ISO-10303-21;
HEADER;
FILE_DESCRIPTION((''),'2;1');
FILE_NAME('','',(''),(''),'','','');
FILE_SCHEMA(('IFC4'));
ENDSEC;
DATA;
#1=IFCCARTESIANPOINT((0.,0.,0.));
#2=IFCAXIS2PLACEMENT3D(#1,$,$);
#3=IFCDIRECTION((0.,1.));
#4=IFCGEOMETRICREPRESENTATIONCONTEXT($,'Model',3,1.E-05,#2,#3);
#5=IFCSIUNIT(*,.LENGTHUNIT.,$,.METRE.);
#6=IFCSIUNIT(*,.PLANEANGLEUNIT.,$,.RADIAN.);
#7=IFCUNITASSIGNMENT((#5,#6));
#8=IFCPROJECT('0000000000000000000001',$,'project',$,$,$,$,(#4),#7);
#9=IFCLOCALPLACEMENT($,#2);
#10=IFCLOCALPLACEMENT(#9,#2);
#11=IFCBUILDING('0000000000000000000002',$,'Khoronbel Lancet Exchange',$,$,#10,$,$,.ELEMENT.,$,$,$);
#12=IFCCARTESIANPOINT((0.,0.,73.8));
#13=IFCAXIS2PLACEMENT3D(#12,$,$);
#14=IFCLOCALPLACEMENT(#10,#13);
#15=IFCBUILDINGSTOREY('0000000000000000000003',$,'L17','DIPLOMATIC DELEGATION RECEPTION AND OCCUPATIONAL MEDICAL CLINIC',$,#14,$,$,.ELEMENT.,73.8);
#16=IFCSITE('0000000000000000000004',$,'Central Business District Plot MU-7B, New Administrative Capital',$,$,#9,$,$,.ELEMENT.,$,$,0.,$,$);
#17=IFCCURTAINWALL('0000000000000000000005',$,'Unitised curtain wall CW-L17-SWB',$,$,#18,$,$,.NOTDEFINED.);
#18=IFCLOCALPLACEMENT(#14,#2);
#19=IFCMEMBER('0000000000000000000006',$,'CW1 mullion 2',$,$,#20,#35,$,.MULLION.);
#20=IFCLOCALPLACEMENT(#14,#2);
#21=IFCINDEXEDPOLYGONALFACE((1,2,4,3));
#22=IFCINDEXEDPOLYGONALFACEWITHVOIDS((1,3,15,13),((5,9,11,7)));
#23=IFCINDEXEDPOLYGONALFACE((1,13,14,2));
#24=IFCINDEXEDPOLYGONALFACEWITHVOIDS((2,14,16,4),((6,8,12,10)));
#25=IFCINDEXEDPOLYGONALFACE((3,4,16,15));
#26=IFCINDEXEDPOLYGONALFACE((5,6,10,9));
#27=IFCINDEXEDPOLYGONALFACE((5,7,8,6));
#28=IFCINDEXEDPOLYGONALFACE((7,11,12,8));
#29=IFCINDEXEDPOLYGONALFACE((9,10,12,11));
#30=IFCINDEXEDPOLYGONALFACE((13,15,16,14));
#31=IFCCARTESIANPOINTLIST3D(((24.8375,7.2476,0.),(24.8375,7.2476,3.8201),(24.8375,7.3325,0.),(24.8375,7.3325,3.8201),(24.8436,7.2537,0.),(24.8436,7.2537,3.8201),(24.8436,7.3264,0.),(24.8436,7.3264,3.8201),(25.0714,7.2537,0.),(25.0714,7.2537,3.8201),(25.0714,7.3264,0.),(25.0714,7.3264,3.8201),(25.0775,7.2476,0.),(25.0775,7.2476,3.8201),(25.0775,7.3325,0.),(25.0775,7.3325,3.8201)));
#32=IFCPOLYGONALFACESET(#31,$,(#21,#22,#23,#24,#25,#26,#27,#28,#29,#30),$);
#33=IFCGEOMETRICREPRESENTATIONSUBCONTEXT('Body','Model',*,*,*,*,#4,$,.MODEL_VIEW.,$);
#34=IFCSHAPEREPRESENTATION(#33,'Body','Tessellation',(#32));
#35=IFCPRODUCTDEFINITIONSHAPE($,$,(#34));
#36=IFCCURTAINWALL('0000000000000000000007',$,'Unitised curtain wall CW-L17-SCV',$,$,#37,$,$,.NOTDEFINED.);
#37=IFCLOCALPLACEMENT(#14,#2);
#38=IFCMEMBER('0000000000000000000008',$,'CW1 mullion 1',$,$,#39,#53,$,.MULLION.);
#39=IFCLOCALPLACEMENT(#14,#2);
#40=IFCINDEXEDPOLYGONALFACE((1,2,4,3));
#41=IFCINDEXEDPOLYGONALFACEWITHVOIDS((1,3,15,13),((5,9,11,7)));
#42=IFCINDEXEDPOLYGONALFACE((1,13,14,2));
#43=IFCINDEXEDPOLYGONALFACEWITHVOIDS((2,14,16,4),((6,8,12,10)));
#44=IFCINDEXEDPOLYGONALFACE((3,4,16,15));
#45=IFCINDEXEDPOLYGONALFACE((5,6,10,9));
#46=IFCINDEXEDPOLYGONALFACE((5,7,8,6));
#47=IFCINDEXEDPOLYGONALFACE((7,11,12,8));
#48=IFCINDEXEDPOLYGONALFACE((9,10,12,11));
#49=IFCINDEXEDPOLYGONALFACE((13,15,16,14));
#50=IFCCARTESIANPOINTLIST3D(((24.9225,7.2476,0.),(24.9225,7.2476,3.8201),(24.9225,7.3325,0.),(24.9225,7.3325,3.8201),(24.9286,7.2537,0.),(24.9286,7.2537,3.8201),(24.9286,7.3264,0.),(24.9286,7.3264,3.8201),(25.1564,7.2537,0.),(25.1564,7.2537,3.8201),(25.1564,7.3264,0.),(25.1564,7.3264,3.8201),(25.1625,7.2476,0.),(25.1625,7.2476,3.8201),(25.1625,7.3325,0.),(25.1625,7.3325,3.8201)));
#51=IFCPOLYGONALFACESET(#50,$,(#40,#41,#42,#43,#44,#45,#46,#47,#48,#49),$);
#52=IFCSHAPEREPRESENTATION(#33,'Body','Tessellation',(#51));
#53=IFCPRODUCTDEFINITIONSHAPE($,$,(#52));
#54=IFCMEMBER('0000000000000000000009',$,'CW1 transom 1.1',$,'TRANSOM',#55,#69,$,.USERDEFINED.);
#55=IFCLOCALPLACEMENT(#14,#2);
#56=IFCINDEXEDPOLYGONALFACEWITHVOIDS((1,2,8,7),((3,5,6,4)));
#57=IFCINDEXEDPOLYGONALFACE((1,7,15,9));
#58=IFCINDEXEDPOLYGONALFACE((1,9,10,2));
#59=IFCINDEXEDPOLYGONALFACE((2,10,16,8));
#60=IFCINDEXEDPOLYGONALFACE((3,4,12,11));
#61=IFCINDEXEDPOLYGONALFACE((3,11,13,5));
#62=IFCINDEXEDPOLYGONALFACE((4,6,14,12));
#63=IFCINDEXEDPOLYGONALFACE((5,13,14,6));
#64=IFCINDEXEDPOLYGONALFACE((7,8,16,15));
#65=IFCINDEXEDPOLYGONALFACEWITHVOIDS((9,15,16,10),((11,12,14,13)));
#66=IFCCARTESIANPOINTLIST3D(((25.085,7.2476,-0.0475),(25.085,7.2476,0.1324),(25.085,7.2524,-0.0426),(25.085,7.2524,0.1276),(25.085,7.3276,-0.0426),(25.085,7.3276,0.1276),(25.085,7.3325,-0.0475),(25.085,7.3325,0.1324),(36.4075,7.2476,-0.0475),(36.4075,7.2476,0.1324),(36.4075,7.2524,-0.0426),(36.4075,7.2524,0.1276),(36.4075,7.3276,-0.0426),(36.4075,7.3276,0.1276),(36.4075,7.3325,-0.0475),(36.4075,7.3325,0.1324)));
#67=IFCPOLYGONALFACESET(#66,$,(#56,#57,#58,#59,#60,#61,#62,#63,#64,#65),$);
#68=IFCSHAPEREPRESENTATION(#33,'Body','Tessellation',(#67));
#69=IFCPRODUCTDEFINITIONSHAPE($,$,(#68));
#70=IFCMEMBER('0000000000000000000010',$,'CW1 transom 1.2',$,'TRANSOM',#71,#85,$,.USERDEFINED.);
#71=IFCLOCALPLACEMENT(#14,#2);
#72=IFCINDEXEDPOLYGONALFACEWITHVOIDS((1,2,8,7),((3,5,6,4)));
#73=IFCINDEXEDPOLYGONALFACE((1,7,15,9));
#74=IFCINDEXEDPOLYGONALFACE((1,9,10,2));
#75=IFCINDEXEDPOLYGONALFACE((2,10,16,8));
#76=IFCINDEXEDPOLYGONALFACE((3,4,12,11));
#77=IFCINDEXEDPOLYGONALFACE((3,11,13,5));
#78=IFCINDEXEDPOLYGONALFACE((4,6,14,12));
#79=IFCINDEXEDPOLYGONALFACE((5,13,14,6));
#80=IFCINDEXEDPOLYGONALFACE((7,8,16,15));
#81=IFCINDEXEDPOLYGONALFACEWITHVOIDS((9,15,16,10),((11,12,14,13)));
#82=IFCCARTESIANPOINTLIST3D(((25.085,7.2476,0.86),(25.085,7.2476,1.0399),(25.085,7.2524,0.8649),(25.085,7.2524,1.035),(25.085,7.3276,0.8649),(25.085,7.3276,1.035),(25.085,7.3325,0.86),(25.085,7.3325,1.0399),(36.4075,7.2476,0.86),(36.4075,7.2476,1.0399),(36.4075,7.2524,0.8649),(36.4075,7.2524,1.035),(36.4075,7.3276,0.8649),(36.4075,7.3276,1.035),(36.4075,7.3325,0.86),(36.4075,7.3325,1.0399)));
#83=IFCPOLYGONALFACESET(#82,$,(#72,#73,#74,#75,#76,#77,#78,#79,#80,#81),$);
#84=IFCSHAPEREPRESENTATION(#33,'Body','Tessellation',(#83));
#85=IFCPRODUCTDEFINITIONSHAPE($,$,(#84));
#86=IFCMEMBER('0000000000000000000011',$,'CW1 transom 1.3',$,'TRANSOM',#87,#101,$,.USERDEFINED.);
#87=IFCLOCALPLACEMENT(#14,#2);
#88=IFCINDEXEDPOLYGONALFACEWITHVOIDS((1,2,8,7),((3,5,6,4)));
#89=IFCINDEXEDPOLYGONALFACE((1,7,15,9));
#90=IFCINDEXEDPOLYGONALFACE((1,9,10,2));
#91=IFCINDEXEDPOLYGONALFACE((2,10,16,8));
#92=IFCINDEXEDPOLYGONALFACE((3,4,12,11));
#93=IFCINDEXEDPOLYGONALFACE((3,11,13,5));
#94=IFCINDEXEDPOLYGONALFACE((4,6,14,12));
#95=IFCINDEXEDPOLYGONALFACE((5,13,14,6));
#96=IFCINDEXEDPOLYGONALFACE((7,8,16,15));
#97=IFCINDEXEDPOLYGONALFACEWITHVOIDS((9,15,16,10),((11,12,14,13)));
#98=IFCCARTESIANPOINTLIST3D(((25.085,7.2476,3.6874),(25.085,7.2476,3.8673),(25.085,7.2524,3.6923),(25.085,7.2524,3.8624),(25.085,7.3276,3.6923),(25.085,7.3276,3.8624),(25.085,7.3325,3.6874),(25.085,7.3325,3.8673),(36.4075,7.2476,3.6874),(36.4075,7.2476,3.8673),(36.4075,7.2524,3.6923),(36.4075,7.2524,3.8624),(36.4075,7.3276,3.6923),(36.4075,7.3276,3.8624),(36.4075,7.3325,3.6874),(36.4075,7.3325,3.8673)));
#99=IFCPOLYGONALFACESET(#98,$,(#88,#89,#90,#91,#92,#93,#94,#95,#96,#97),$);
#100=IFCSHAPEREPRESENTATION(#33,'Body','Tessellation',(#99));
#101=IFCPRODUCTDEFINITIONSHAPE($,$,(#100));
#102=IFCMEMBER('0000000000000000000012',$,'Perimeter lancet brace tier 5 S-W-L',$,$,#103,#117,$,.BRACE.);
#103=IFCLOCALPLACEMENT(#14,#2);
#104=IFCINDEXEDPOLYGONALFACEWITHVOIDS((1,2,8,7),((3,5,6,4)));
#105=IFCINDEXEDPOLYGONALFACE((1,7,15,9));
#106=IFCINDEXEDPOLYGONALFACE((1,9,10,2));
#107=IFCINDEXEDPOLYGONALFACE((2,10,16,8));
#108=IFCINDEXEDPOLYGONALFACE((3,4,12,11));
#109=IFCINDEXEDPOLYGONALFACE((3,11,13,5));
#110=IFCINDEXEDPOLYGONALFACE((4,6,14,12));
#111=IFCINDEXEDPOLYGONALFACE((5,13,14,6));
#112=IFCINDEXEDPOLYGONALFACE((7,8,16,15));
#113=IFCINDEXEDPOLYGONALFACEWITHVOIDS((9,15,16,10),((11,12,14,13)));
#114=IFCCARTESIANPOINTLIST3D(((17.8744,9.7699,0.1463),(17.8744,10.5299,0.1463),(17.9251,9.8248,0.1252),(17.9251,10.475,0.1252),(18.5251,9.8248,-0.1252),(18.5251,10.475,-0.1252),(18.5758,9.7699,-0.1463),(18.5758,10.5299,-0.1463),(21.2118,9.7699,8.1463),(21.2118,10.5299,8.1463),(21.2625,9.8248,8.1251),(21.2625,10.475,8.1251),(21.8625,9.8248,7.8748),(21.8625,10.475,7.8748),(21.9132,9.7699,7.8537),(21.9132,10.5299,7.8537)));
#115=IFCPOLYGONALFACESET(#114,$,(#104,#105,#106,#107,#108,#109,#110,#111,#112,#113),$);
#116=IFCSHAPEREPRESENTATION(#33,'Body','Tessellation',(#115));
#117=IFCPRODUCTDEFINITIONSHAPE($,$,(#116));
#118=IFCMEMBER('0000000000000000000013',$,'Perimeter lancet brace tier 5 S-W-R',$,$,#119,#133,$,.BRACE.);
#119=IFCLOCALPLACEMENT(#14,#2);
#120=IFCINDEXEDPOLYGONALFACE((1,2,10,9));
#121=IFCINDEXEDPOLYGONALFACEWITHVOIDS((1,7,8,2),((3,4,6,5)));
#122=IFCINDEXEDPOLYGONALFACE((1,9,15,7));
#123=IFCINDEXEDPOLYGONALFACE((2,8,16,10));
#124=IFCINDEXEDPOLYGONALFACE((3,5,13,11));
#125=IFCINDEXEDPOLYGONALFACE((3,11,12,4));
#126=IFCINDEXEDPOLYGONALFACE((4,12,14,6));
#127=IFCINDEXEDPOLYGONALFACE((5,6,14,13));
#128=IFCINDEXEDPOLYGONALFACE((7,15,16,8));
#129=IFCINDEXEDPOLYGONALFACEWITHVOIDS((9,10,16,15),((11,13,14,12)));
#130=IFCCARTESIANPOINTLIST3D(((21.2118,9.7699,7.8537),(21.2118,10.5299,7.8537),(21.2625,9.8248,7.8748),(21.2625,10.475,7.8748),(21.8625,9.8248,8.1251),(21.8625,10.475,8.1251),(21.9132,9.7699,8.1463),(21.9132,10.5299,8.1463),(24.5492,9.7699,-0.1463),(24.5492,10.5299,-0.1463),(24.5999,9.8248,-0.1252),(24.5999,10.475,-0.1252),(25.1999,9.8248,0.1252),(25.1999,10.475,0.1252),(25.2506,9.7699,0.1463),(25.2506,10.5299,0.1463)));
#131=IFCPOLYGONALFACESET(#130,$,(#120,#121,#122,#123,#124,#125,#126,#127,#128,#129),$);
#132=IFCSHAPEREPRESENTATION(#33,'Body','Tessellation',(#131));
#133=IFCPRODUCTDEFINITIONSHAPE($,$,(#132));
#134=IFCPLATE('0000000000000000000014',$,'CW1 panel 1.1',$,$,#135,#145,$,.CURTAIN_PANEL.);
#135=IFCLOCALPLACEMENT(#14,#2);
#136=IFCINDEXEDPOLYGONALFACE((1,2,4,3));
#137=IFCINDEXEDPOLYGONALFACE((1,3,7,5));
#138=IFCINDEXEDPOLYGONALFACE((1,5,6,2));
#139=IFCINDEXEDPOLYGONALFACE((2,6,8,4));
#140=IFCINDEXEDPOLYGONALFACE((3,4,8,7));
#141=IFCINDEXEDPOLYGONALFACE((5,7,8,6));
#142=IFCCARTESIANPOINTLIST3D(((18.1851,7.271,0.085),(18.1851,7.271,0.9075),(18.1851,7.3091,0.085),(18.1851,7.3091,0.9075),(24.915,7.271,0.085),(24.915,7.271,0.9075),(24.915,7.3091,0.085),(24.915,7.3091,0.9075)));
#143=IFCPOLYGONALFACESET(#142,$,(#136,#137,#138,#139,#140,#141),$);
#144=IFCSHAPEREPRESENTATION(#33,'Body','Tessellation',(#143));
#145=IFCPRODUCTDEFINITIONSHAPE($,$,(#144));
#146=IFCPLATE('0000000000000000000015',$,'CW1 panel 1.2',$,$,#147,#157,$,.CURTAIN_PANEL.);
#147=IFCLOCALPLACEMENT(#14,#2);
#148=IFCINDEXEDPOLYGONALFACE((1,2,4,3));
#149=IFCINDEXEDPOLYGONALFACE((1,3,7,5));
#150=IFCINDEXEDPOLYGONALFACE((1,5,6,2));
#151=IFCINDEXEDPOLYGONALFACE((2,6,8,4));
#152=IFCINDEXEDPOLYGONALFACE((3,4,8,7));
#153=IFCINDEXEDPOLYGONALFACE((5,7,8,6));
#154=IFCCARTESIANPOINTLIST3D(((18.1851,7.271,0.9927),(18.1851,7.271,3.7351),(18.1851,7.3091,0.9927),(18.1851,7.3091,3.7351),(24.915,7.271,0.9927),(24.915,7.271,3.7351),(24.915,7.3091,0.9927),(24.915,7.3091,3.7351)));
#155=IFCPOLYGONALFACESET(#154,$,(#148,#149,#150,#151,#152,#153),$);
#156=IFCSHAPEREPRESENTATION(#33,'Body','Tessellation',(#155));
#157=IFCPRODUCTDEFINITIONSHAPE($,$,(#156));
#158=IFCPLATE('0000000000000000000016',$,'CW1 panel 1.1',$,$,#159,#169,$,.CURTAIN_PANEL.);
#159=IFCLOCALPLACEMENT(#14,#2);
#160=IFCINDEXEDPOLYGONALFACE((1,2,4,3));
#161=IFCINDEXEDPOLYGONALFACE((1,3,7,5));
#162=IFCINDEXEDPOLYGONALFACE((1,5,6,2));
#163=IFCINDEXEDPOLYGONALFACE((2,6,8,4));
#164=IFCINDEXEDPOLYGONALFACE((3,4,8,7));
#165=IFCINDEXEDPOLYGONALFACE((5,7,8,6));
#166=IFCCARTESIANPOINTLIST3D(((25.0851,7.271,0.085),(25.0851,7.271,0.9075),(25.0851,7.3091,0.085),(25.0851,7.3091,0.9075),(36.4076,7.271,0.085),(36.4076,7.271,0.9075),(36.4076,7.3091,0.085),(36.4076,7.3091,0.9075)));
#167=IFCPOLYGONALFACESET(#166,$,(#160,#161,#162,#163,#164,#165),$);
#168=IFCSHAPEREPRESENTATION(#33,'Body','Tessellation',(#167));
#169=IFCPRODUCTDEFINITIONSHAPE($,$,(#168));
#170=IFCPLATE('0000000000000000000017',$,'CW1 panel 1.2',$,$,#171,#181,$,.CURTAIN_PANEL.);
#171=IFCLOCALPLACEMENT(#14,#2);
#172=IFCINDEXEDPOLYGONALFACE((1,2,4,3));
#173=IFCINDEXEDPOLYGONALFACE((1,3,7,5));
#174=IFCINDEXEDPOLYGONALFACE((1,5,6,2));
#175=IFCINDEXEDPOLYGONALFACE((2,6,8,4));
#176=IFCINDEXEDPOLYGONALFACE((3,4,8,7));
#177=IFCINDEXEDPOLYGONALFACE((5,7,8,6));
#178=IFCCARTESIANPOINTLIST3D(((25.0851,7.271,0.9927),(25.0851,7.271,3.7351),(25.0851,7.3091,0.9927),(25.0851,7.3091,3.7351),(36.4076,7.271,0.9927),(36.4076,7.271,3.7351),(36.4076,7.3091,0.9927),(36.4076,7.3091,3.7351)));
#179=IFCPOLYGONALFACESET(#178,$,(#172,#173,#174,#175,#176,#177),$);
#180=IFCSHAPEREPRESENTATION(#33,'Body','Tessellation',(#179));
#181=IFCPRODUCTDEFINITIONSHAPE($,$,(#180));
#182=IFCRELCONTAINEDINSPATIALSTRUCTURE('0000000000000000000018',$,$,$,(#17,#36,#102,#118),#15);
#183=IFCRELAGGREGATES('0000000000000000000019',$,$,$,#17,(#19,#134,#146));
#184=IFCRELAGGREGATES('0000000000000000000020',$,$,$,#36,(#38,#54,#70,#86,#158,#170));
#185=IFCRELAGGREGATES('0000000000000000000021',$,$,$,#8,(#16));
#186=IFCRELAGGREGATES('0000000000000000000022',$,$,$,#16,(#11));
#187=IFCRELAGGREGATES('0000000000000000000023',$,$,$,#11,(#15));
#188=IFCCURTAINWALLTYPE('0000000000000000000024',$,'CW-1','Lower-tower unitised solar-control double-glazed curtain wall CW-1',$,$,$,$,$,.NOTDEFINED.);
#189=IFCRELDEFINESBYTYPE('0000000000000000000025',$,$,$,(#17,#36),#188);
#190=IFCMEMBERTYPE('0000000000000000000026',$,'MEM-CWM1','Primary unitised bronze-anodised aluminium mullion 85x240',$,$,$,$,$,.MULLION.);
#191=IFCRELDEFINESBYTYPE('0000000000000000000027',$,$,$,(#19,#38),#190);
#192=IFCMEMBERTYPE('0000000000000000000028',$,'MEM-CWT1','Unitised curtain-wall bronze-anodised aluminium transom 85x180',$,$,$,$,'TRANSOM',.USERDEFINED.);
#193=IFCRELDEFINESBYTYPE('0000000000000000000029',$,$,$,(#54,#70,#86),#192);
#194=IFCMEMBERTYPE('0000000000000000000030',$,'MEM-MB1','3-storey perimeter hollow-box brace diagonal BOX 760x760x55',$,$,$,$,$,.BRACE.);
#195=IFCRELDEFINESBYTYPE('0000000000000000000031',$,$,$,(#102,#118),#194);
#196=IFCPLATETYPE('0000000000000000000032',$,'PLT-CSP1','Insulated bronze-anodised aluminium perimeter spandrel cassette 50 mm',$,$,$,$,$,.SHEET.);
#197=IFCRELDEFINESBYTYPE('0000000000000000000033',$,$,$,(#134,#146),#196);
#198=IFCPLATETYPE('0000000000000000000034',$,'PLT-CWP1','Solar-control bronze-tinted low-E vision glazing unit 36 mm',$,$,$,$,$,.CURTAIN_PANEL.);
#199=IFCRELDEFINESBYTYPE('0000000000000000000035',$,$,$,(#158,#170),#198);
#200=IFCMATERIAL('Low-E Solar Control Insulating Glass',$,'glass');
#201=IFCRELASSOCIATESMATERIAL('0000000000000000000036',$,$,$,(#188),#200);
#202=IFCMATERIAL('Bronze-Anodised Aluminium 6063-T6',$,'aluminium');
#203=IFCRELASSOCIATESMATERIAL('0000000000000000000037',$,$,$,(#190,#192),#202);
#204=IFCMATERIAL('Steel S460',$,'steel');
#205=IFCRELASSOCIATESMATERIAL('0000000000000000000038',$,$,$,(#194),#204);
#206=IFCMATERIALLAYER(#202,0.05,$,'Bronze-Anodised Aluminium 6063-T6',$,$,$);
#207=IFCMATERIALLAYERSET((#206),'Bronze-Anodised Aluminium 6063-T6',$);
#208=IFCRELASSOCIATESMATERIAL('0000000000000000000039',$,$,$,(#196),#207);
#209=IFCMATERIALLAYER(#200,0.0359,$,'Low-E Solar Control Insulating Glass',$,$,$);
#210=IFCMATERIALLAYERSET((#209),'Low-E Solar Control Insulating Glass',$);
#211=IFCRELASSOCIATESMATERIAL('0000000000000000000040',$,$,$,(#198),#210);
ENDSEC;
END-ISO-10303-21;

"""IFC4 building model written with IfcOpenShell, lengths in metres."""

from ifc_helpers import new_model, si_unit, direction, frame, origin, origin_2d, place, context, subcontext, project, spatial, rectangle, hollow_rectangle, extrude, material, layer, layer_set, material_profile, profile_set, type_object, element, aggregate, save


model = new_model("IFC4")

# Units and contexts
model_context = context("Model", 3, precision=1e-05, world=origin(), true_north=direction((0.0, 1.0)))
body_context = subcontext(model_context, "Body", "Model", "MODEL_VIEW")
ifc_project = project(units=[si_unit("LENGTHUNIT", "METRE"), si_unit("PLANEANGLEUNIT", "RADIAN")], contexts=[model_context])

# Site, building, storey
site_placement = place(None, origin())
site = spatial("IfcSite", under=ifc_project, at=site_placement, Name="Central Business District Plot MU-7B, New Administrative Capital", CompositionType="ELEMENT", RefElevation=0.0)
building_placement = place(site_placement, origin())
building = spatial("IfcBuilding", under=site, at=building_placement, Name="Khoronbel Lancet Exchange", CompositionType="ELEMENT")
storey_placement = place(building_placement, frame((0.0, 0.0, 73.8)))
storey = spatial("IfcBuildingStorey", under=building, at=storey_placement, Name="L17", Description="DIPLOMATIC DELEGATION RECEPTION AND OCCUPATIONAL MEDICAL CLINIC", CompositionType="ELEMENT", Elevation=73.8)

# Shared definitions
ifc_material_1 = material(Name="Steel S460", Category="steel")

# Curtain wall, member
ifc_material_2 = material(Name="Low-E Solar Control Insulating Glass", Category="glass")
curtain_wall_type = type_object("IfcCurtainWallType", Name="CW-1", Description="Lower-tower unitised solar-control double-glazed curtain wall CW-1", PredefinedType="NOTDEFINED", material=ifc_material_2)
curtain_wall_1_placement = place(storey_placement, origin())
curtain_wall_1 = element("IfcCurtainWall", 1, at=curtain_wall_1_placement, inside=storey, type_object=curtain_wall_type, Name="Unitised curtain wall CW-L17-SWB", PredefinedType="NOTDEFINED")
ifc_material_3 = material(Name="Bronze-Anodised Aluminium 6063-T6", Category="aluminium")
ifc_material_profile_1 = material_profile(ifc_material_3, hollow_rectangle(XDim=0.085, YDim=0.24, WallThickness=0.0061, at=origin_2d()), Name="ALU MULLION 85x240")
ifc_profile_set_1 = profile_set([ifc_material_profile_1], Name="Bronze-Anodised Aluminium 6063-T6")
member_type_1 = type_object("IfcMemberType", Name="MEM-CWM1", Description="Primary unitised bronze-anodised aluminium mullion 85x240", PredefinedType="MULLION", material=ifc_profile_set_1)
member_1_placement = place(storey_placement, frame((24.9575, 7.29, 0.0), z_axis=(0.0, 0.0, 1.0), x_axis=(0.0, 1.0, 0.0)))
member_1 = element("IfcMember", 2, at=member_1_placement, type_object=member_type_1, Name="CW1 mullion 2", PredefinedType="MULLION", context=body_context, shape_type="SweptSolid", body=[
    extrude(hollow_rectangle(XDim=0.085, YDim=0.24, WallThickness=0.0061, at=origin_2d()), origin(), (0.0, 0.0, 1.0), 3.8201),
])

# Curtain wall, members
curtain_wall_2_placement = place(storey_placement, origin())
curtain_wall_2 = element("IfcCurtainWall", 3, at=curtain_wall_2_placement, inside=storey, type_object=curtain_wall_type, Name="Unitised curtain wall CW-L17-SCV", PredefinedType="NOTDEFINED")
member_2_placement = place(storey_placement, frame((25.0425, 7.29, 0.0), z_axis=(0.0, 0.0, 1.0), x_axis=(0.0, 1.0, 0.0)))
member_2 = element("IfcMember", 4, at=member_2_placement, type_object=member_type_1, Name="CW1 mullion 1", PredefinedType="MULLION", context=body_context, shape_type="SweptSolid", body=[
    extrude(hollow_rectangle(XDim=0.085, YDim=0.24, WallThickness=0.0061, at=origin_2d()), origin(), (0.0, 0.0, 1.0), 3.8201),
])
ifc_material_profile_2 = material_profile(ifc_material_3, hollow_rectangle(XDim=0.085, YDim=0.1799, WallThickness=0.0049, at=origin_2d()), Name="ALU TRANSOM 85x180")
ifc_profile_set_2 = profile_set([ifc_material_profile_2], Name="Bronze-Anodised Aluminium 6063-T6")
member_type_2 = type_object("IfcMemberType", Name="MEM-CWT1", Description="Unitised curtain-wall bronze-anodised aluminium transom 85x180", ElementType="TRANSOM", PredefinedType="USERDEFINED", material=ifc_profile_set_2)
member_3_placement = place(storey_placement, frame((25.085, 7.29, 0.0425), z_axis=(1.0, 0.0, 0.0), x_axis=(0.0, 1.0, 0.0)))
member_3 = element("IfcMember", 5, at=member_3_placement, type_object=member_type_2, Name="CW1 transom 1.1", ObjectType="TRANSOM", PredefinedType="USERDEFINED", context=body_context, shape_type="SweptSolid", body=[
    extrude(hollow_rectangle(XDim=0.085, YDim=0.1799, WallThickness=0.0049, at=origin_2d()), origin(), (0.0, 0.0, 1.0), 11.3225),
])
member_4_placement = place(storey_placement, frame((25.085, 7.29, 0.95), z_axis=(1.0, 0.0, 0.0), x_axis=(0.0, 1.0, 0.0)))
member_4 = element("IfcMember", 6, at=member_4_placement, type_object=member_type_2, Name="CW1 transom 1.2", ObjectType="TRANSOM", PredefinedType="USERDEFINED", context=body_context, shape_type="SweptSolid", body=[
    extrude(hollow_rectangle(XDim=0.085, YDim=0.1799, WallThickness=0.0049, at=origin_2d()), origin(), (0.0, 0.0, 1.0), 11.3225),
])
member_5_placement = place(storey_placement, frame((25.085, 7.29, 3.7773), z_axis=(1.0, 0.0, 0.0), x_axis=(0.0, 1.0, 0.0)))
member_5 = element("IfcMember", 7, at=member_5_placement, type_object=member_type_2, Name="CW1 transom 1.3", ObjectType="TRANSOM", PredefinedType="USERDEFINED", context=body_context, shape_type="SweptSolid", body=[
    extrude(hollow_rectangle(XDim=0.085, YDim=0.1799, WallThickness=0.0049, at=origin_2d()), origin(), (0.0, 0.0, 1.0), 11.3225),
])

# Members
ifc_material_profile_3 = material_profile(ifc_material_1, hollow_rectangle(XDim=0.76, YDim=0.76, WallThickness=0.0549, at=origin_2d()), Name="BOX 760x760x55")
ifc_profile_set_3 = profile_set([ifc_material_profile_3], Name="Steel S460")
member_type_3 = type_object("IfcMemberType", Name="MEM-MB1", Description="3-storey perimeter hollow-box brace diagonal BOX 760x760x55", PredefinedType="BRACE", material=ifc_profile_set_3)
for number, where, z_axis, x_axis, name in (
    (8, (18.2251, 10.1499, 0.0), (0.385015, 0.0, 0.92291), (0.0, 1.0, 0.0), "Perimeter lancet brace tier 5 S-W-L"),
    (9, (24.8999, 10.1499, 0.0), (-0.385015, 0.0, 0.92291), (0.0, -1.0, 0.0), "Perimeter lancet brace tier 5 S-W-R"),
):
    element("IfcMember", number, at=place(storey_placement, frame(where, z_axis=z_axis, x_axis=x_axis)), inside=storey, type_object=member_type_3, Name=name, PredefinedType="BRACE", context=body_context, shape_type="SweptSolid", body=[
        extrude(hollow_rectangle(XDim=0.76, YDim=0.76, WallThickness=0.0549, at=origin_2d()), origin(), (0.0, 0.0, 1.0), 8.6682),
    ])

# Plates
ifc_layer_1 = layer(ifc_material_3, 0.05, Name="Bronze-Anodised Aluminium 6063-T6")
ifc_layer_set_1 = layer_set([ifc_layer_1], Name="Bronze-Anodised Aluminium 6063-T6")
plate_type_1 = type_object("IfcPlateType", Name="PLT-CSP1", Description="Insulated bronze-anodised aluminium perimeter spandrel cassette 50 mm", PredefinedType="SHEET", material=ifc_layer_set_1)
plate_1_placement = place(storey_placement, frame((21.55, 7.29, 0.085), z_axis=(0.0, 0.0, 1.0), x_axis=(1.0, 0.0, 0.0)))
plate_1 = element("IfcPlate", 10, at=plate_1_placement, type_object=plate_type_1, Name="CW1 panel 1.1", PredefinedType="CURTAIN_PANEL", context=body_context, shape_type="SweptSolid", body=[
    extrude(rectangle(XDim=6.73, YDim=0.0381, at=origin_2d()), origin(), (0.0, 0.0, 1.0), 0.8225),
])
plate_2_placement = place(storey_placement, frame((21.55, 7.29, 0.9927), z_axis=(0.0, 0.0, 1.0), x_axis=(1.0, 0.0, 0.0)))
plate_2 = element("IfcPlate", 11, at=plate_2_placement, type_object=plate_type_1, Name="CW1 panel 1.2", PredefinedType="CURTAIN_PANEL", context=body_context, shape_type="SweptSolid", body=[
    extrude(rectangle(XDim=6.73, YDim=0.0381, at=origin_2d()), origin(), (0.0, 0.0, 1.0), 2.7424),
])
aggregate(curtain_wall_1, [member_1, plate_1, plate_2])
ifc_layer_2 = layer(ifc_material_2, 0.0359, Name="Low-E Solar Control Insulating Glass")
ifc_layer_set_2 = layer_set([ifc_layer_2], Name="Low-E Solar Control Insulating Glass")
plate_type_2 = type_object("IfcPlateType", Name="PLT-CWP1", Description="Solar-control bronze-tinted low-E vision glazing unit 36 mm", PredefinedType="CURTAIN_PANEL", material=ifc_layer_set_2)
plate_3_placement = place(storey_placement, frame((30.7463, 7.29, 0.085), z_axis=(0.0, 0.0, 1.0), x_axis=(1.0, 0.0, 0.0)))
plate_3 = element("IfcPlate", 12, at=plate_3_placement, type_object=plate_type_2, Name="CW1 panel 1.1", PredefinedType="CURTAIN_PANEL", context=body_context, shape_type="SweptSolid", body=[
    extrude(rectangle(XDim=11.3225, YDim=0.0381, at=origin_2d()), origin(), (0.0, 0.0, 1.0), 0.8225),
])
plate_4_placement = place(storey_placement, frame((30.7463, 7.29, 0.9927), z_axis=(0.0, 0.0, 1.0), x_axis=(1.0, 0.0, 0.0)))
plate_4 = element("IfcPlate", 13, at=plate_4_placement, type_object=plate_type_2, Name="CW1 panel 1.2", PredefinedType="CURTAIN_PANEL", context=body_context, shape_type="SweptSolid", body=[
    extrude(rectangle(XDim=11.3225, YDim=0.0381, at=origin_2d()), origin(), (0.0, 0.0, 1.0), 2.7424),
])
aggregate(curtain_wall_2, [member_2, member_3, member_4, member_5, plate_3, plate_4])

save(model, "model.ifc")
